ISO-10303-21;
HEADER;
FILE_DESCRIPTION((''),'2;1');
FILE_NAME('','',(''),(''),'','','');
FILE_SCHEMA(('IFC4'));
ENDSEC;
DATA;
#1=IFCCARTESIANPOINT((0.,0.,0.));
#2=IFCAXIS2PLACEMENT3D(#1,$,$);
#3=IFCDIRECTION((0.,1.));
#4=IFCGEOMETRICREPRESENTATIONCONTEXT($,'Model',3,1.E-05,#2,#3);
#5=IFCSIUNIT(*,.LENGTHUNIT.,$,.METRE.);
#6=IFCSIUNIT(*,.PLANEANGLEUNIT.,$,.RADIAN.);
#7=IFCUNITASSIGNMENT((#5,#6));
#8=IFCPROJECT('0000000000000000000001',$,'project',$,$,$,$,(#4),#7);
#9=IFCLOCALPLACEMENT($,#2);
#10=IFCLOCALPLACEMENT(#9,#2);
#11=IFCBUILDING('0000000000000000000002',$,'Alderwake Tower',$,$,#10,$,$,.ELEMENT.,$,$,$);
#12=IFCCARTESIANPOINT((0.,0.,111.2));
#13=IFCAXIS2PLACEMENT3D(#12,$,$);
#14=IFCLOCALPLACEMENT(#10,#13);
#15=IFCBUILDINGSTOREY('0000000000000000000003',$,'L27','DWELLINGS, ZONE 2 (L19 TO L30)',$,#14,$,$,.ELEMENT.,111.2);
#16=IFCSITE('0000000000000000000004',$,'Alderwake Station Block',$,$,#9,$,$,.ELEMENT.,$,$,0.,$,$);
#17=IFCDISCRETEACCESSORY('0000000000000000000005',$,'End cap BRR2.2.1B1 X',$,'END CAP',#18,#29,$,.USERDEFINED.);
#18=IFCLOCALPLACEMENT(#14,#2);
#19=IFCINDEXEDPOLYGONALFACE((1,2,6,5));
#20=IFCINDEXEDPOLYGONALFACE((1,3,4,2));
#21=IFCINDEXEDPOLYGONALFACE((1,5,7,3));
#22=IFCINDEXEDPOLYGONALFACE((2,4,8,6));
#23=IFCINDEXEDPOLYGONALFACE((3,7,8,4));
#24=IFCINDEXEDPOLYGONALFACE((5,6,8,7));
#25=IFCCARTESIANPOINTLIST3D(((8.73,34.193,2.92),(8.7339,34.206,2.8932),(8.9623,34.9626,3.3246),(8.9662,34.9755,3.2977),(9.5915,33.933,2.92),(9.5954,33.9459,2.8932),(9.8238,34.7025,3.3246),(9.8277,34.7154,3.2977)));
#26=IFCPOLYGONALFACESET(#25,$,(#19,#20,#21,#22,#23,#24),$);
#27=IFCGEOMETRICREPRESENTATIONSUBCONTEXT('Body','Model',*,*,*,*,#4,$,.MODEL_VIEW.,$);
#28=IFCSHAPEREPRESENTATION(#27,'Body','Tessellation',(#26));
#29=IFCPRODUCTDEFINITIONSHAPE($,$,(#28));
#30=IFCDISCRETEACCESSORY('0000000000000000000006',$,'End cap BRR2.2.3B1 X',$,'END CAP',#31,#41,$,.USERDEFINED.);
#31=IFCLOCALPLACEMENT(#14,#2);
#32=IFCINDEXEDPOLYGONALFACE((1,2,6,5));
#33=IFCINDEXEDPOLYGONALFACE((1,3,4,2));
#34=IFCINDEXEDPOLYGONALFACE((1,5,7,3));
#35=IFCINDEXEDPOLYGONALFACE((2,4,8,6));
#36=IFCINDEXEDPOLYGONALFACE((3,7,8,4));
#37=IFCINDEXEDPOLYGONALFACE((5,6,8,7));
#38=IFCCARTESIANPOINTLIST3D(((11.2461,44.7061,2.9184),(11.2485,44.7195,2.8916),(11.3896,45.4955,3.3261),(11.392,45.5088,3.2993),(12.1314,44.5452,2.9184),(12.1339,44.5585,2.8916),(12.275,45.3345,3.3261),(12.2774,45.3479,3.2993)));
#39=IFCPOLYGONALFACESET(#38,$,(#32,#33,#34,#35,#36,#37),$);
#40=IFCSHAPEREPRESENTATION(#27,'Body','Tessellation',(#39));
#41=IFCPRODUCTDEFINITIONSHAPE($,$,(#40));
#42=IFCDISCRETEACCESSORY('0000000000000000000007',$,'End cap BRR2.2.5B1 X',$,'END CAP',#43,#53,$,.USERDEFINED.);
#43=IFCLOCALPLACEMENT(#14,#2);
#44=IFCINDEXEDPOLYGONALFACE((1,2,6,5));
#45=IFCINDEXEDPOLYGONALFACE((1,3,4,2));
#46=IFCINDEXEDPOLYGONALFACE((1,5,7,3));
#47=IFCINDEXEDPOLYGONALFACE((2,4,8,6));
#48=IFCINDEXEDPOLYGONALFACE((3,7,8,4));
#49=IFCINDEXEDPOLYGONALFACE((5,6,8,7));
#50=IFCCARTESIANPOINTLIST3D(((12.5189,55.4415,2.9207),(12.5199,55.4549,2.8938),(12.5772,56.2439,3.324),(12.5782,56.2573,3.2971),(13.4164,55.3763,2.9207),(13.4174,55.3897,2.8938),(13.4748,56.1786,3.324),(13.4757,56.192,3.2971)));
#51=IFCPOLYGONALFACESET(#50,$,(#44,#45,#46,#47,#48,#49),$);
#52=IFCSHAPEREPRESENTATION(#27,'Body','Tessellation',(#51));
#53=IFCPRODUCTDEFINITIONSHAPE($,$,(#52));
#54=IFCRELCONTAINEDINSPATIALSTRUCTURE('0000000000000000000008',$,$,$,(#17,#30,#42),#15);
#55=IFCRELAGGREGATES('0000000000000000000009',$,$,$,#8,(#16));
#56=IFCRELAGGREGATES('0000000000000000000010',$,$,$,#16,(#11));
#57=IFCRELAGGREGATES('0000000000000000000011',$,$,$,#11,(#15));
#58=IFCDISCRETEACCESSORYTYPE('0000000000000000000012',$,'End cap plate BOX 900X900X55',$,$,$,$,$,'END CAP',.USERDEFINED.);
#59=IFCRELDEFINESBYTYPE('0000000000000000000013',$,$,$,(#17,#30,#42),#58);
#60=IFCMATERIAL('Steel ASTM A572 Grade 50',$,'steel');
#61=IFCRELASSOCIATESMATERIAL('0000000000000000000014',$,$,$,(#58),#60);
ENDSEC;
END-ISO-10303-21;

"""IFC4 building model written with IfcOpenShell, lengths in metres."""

from ifc_helpers import new_model, si_unit, direction, frame, origin, origin_2d, place, context, subcontext, project, spatial, rectangle, extrude, material, material_profile, profile_set, type_object, element, save


model = new_model("IFC4")

# Units and contexts
model_context = context("Model", 3, precision=1e-05, world=origin(), true_north=direction((0.0, 1.0)))
body_context = subcontext(model_context, "Body", "Model", "MODEL_VIEW")
ifc_project = project(units=[si_unit("LENGTHUNIT", "METRE"), si_unit("PLANEANGLEUNIT", "RADIAN")], contexts=[model_context])

# Site, building, storey
site_placement = place(None, origin())
site = spatial("IfcSite", under=ifc_project, at=site_placement, Name="Alderwake Station Block", CompositionType="ELEMENT", RefElevation=0.0)
building_placement = place(site_placement, origin())
building = spatial("IfcBuilding", under=site, at=building_placement, Name="Alderwake Tower", CompositionType="ELEMENT")
storey_placement = place(building_placement, frame((0.0, 0.0, 111.2)))
storey = spatial("IfcBuildingStorey", under=building, at=storey_placement, Name="L27", Description="DWELLINGS, ZONE 2 (L19 TO L30)", CompositionType="ELEMENT", Elevation=111.2)

# Discrete accessories
ifc_material_1 = material(Name="Steel ASTM A572 Grade 50", Category="steel")
ifc_material_profile_1 = material_profile(ifc_material_1, rectangle(XDim=0.8999, YDim=0.8999, at=origin_2d()), Name="BOX 900X900X55 cap")
ifc_profile_set_1 = profile_set([ifc_material_profile_1], Name="Steel ASTM A572 Grade 50")
discrete_accessory_type = type_object("IfcDiscreteAccessoryType", Name="End cap plate BOX 900X900X55", ElementType="END CAP", PredefinedType="USERDEFINED", material=ifc_profile_set_1)
for number, where, z_axis, x_axis, name in (
    (1, (9.2808, 34.4607, 3.0955), (-0.129927, -0.430383, 0.893247), (0.957328, -0.289005, 0.0), "End cap BRR2.2.1B1 X"),
    (2, (11.7629, 45.0337, 3.0955), (-0.081044, -0.445742, 0.891485), (0.98387, -0.178885, 0.0), "End cap BRR2.2.3B1 X"),
    (3, (12.9978, 55.8235, 3.0955), (-0.032507, -0.446977, 0.893954), (0.997366, -0.072536, 0.0), "End cap BRR2.2.5B1 X"),
):
    element("IfcDiscreteAccessory", number, at=place(storey_placement, frame(where, z_axis=z_axis, x_axis=x_axis)), inside=storey, type_object=discrete_accessory_type, Name=name, ObjectType="END CAP", PredefinedType="USERDEFINED", context=body_context, shape_type="SweptSolid", body=[
        extrude(rectangle(XDim=0.8999, YDim=0.8999, at=origin_2d()), origin(), (0.0, 0.0, 1.0), 0.03),
    ])

save(model, "model.ifc")
